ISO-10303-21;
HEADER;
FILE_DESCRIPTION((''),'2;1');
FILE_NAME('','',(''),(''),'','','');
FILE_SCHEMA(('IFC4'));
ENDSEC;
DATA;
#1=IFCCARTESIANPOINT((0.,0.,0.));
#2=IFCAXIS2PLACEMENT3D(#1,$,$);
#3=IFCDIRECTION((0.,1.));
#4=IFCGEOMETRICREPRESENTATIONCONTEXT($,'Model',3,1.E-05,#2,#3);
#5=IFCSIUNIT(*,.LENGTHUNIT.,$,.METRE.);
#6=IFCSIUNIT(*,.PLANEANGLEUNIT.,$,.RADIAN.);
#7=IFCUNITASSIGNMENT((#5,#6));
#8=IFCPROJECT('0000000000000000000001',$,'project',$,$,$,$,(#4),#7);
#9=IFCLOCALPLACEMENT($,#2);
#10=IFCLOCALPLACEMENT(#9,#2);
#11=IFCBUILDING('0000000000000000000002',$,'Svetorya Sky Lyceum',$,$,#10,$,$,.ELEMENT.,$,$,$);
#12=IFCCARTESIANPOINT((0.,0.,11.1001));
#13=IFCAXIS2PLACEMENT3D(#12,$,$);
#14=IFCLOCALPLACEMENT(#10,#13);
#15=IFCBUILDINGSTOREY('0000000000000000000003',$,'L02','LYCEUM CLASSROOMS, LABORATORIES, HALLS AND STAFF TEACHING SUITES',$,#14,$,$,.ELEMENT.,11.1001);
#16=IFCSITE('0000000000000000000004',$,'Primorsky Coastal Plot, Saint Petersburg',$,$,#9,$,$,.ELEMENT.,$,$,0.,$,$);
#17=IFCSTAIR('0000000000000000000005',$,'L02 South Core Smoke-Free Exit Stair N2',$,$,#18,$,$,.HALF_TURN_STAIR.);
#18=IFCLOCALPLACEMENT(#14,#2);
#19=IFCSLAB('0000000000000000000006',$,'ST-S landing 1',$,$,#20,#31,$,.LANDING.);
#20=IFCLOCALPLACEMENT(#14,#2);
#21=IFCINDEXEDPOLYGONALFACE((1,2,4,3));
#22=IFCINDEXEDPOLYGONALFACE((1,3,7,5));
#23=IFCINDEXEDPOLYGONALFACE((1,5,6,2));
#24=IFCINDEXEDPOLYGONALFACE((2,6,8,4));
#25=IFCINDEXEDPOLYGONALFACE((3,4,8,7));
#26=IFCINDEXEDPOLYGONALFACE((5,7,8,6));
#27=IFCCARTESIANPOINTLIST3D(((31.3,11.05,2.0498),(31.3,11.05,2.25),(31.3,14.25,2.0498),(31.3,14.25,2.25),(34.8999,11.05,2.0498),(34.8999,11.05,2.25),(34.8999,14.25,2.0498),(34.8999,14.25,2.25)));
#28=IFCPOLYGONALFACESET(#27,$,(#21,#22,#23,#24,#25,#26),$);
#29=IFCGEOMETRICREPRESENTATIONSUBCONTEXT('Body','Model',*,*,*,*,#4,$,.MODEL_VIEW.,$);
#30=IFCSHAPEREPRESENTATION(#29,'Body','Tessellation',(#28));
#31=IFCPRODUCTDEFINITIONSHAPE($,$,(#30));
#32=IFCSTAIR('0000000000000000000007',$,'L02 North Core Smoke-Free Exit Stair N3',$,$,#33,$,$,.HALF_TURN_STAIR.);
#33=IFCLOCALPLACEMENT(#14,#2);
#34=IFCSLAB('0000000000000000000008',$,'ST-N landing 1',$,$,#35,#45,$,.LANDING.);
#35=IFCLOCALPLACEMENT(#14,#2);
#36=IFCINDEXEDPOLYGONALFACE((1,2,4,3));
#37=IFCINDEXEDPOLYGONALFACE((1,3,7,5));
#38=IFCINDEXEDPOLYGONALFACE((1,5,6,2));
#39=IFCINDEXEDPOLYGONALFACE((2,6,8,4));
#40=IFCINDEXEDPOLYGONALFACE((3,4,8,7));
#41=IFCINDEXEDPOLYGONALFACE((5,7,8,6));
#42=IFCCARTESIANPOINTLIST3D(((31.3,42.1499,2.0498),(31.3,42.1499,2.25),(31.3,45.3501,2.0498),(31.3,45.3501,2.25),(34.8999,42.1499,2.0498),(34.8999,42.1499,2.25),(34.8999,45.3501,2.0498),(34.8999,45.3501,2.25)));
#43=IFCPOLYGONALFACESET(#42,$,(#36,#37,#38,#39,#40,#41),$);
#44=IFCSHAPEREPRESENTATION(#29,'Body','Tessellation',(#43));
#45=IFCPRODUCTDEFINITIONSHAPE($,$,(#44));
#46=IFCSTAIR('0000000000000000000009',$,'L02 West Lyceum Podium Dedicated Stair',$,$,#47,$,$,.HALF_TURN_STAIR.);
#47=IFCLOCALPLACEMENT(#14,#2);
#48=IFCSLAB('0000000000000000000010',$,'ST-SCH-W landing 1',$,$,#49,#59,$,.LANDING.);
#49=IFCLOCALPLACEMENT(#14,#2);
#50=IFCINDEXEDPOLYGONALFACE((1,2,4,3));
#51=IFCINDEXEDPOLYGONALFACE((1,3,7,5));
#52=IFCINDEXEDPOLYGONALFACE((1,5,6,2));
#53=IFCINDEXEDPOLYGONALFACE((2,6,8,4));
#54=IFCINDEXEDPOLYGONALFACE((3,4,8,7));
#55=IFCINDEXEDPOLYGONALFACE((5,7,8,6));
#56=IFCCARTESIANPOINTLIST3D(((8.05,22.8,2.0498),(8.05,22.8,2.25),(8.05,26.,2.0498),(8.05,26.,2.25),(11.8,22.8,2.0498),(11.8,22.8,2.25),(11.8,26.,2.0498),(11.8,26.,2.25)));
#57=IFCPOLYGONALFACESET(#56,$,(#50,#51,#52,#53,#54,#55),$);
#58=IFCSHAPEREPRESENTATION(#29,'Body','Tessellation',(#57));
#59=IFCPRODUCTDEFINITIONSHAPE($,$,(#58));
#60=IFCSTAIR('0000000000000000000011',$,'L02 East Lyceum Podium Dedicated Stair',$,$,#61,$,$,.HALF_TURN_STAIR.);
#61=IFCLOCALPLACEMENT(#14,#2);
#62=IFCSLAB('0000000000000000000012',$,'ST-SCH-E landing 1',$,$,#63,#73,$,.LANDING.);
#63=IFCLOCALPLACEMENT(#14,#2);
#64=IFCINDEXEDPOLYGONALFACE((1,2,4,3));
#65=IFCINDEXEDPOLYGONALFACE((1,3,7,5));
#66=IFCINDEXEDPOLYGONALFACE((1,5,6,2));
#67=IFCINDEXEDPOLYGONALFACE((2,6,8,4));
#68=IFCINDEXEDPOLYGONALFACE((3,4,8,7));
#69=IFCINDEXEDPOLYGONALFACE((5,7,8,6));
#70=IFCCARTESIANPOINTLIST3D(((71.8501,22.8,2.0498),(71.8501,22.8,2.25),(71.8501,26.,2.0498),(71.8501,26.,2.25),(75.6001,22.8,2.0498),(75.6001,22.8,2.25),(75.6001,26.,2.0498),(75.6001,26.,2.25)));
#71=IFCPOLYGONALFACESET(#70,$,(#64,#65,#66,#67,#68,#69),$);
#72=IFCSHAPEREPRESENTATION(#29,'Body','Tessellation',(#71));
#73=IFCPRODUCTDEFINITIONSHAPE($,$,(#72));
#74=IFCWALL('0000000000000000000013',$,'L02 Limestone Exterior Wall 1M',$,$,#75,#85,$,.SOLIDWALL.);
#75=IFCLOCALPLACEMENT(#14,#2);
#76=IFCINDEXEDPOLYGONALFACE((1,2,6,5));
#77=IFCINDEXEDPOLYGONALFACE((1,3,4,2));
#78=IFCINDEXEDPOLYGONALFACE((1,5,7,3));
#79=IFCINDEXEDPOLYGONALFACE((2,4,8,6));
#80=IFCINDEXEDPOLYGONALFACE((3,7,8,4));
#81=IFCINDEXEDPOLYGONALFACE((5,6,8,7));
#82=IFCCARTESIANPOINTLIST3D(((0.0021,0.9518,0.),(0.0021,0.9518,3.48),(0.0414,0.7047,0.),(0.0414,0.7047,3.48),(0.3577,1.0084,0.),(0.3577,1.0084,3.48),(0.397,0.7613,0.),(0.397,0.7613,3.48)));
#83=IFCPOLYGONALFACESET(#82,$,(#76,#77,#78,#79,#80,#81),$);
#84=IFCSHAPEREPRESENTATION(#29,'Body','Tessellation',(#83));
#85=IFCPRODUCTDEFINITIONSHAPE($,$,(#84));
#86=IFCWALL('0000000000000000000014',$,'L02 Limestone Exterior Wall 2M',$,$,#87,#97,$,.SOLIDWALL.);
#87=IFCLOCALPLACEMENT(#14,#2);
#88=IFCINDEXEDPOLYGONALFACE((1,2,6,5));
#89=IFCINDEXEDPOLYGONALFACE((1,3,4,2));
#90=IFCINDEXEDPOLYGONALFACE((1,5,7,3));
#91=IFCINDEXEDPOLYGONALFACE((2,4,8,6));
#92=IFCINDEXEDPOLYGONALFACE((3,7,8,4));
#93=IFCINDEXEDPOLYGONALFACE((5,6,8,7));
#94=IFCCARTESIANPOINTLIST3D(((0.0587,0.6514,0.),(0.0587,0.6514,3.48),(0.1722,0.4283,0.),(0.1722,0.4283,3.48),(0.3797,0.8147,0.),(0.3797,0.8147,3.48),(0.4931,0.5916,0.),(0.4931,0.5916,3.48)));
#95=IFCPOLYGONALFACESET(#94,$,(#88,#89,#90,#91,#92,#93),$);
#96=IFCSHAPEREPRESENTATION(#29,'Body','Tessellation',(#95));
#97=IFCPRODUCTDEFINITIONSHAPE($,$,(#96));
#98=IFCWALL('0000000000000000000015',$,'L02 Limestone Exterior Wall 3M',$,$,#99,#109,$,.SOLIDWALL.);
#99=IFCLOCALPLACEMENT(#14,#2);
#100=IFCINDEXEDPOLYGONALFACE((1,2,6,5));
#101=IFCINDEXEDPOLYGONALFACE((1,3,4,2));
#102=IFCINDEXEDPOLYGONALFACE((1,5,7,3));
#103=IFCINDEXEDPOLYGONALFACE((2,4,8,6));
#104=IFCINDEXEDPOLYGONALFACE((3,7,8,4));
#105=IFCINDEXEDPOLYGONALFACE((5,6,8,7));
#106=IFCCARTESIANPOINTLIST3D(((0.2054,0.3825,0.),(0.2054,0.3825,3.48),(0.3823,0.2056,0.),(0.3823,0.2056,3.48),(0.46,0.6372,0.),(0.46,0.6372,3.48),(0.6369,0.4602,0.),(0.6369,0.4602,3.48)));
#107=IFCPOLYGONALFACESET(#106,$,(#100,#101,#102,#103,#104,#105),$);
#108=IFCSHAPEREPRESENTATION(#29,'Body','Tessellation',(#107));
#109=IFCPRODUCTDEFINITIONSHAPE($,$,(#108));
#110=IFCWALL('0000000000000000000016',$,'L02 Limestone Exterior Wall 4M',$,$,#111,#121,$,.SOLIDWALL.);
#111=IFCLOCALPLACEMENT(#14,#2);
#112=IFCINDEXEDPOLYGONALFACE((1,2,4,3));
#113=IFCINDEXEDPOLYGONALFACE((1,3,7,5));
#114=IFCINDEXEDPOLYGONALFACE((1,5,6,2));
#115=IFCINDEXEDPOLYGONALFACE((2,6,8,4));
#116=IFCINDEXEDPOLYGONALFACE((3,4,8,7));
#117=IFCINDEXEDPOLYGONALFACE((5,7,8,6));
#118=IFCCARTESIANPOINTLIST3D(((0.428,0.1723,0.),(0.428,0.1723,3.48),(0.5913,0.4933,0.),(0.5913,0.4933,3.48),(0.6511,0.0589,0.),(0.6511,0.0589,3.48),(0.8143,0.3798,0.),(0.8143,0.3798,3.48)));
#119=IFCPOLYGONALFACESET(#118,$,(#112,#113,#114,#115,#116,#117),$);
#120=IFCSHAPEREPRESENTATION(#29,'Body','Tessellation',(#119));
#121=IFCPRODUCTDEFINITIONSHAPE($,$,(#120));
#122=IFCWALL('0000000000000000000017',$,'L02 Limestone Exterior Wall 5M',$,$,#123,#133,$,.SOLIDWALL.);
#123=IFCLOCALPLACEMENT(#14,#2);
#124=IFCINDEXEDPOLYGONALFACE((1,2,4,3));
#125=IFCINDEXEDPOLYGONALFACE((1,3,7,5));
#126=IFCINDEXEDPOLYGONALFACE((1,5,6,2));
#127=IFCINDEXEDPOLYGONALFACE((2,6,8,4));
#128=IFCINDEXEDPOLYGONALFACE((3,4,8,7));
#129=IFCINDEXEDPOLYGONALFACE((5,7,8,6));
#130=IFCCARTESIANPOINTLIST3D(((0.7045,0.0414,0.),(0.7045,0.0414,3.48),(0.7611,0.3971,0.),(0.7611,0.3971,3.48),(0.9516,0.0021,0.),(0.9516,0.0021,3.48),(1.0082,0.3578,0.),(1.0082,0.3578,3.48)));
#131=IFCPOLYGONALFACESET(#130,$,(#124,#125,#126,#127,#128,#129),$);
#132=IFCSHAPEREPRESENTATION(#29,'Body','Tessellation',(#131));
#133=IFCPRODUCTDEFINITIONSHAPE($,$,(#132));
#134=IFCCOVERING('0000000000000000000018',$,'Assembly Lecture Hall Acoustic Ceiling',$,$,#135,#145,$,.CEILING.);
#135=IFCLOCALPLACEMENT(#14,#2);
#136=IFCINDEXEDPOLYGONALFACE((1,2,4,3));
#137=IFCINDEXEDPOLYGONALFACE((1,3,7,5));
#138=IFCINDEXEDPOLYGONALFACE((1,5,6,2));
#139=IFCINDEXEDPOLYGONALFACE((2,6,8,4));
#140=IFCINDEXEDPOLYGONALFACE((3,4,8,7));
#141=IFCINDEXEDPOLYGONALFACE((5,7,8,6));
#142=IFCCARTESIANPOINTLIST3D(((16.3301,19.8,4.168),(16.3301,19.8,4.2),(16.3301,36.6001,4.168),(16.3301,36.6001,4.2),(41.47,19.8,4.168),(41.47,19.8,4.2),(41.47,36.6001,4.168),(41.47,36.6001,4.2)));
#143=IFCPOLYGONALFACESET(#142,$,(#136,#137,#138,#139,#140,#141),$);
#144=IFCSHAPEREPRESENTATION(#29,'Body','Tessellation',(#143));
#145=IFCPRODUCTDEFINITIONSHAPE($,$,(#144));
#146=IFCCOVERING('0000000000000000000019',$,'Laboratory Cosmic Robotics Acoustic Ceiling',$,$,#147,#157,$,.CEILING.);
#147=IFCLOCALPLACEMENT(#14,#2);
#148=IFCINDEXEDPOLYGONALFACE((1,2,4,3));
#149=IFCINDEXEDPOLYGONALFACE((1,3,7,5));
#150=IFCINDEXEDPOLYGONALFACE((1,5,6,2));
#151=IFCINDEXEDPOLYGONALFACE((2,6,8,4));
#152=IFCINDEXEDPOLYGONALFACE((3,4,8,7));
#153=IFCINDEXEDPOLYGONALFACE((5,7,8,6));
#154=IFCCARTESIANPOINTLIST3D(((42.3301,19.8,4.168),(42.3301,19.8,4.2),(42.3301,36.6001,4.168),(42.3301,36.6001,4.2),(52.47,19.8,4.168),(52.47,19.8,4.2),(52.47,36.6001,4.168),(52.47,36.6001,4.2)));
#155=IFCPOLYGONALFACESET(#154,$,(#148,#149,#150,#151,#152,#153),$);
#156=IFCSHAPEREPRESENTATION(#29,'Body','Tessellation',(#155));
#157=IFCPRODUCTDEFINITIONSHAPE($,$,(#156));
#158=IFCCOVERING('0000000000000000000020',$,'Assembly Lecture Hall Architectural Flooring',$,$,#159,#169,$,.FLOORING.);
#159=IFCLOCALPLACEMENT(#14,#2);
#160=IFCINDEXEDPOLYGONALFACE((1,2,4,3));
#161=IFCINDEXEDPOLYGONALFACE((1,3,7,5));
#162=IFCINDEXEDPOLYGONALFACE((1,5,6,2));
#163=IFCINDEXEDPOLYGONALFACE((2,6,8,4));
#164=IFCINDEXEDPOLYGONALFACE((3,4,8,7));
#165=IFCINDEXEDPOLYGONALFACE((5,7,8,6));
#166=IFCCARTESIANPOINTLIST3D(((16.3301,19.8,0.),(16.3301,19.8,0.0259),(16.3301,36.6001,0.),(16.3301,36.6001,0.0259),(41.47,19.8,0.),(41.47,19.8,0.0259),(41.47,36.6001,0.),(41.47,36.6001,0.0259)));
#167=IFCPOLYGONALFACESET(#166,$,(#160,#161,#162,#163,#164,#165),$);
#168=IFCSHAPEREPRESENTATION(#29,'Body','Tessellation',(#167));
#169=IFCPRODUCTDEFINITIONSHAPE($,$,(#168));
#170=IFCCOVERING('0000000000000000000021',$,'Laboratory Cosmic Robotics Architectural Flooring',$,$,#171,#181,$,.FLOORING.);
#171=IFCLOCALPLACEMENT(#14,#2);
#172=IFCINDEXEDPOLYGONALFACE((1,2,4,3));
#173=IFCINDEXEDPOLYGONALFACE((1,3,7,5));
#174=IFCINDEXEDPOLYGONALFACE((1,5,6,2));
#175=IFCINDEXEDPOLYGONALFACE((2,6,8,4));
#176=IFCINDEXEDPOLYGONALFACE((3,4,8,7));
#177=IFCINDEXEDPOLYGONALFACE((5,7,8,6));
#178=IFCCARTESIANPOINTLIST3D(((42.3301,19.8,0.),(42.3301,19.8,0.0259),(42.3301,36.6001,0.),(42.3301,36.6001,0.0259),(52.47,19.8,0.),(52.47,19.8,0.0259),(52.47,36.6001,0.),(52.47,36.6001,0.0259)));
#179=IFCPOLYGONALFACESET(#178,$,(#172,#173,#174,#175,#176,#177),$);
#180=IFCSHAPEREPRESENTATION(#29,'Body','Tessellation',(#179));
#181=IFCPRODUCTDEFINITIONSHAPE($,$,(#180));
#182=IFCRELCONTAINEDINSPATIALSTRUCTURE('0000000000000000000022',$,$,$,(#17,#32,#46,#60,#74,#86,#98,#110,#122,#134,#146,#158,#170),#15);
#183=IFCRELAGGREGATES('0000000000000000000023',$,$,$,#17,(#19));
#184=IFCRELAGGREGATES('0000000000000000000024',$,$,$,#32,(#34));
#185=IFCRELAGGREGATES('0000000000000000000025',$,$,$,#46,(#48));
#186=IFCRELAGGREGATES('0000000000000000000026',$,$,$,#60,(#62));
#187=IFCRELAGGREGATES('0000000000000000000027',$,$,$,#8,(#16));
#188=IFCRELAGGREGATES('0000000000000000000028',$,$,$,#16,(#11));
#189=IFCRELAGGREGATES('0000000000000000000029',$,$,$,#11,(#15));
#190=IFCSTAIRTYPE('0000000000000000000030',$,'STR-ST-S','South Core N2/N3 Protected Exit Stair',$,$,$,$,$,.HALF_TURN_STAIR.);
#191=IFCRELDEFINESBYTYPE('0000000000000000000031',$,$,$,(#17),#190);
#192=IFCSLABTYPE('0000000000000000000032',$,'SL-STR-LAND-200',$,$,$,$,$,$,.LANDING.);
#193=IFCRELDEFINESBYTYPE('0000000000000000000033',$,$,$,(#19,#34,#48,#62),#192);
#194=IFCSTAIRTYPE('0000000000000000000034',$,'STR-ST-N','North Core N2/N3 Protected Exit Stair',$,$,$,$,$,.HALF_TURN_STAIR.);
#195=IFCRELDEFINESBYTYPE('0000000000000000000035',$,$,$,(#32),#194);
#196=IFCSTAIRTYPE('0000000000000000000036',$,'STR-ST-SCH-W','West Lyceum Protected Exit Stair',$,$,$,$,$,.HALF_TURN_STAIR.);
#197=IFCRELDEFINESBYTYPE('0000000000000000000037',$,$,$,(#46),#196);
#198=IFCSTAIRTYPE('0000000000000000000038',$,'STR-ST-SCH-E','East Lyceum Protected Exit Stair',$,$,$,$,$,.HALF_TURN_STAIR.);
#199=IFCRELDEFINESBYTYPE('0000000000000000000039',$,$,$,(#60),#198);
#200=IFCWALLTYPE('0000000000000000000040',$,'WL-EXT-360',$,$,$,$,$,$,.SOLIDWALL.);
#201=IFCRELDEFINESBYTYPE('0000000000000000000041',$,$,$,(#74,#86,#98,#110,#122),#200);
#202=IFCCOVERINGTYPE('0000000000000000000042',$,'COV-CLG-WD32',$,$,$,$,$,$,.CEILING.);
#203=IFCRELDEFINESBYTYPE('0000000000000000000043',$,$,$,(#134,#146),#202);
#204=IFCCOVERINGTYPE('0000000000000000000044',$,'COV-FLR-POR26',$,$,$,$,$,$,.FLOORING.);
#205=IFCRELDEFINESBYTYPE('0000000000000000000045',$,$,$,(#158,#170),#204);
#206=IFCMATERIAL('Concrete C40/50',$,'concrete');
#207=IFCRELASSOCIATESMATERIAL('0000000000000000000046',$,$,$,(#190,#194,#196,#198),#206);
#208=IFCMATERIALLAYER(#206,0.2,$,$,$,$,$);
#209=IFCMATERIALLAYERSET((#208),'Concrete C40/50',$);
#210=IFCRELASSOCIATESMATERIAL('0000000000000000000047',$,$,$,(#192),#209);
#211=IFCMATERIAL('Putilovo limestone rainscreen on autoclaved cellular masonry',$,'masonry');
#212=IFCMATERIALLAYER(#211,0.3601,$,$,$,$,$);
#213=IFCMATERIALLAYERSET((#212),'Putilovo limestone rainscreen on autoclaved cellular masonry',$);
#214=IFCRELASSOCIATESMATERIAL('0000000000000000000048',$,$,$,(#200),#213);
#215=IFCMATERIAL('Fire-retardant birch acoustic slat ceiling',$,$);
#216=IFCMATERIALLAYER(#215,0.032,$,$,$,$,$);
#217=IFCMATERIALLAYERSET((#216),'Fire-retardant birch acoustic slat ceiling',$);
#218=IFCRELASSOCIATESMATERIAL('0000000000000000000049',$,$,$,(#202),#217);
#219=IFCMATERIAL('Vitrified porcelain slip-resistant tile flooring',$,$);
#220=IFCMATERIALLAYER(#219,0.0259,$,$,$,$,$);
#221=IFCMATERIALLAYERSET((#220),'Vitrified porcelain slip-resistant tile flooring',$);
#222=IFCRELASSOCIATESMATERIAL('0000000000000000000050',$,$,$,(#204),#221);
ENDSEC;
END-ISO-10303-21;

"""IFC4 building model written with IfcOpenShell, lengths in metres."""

from ifc_helpers import new_model, si_unit, direction, frame, frame_2d, origin, place, context, subcontext, project, spatial, polyline, rectangle, outline, extrude, material, layer, layer_set, type_object, element, aggregate, save


model = new_model("IFC4")

# Units and contexts
model_context = context("Model", 3, precision=1e-05, world=origin(), true_north=direction((0.0, 1.0)))
body_context = subcontext(model_context, "Body", "Model", "MODEL_VIEW")
ifc_project = project(units=[si_unit("LENGTHUNIT", "METRE"), si_unit("PLANEANGLEUNIT", "RADIAN")], contexts=[model_context])

# Site, building, storey
site_placement = place(None, origin())
site = spatial("IfcSite", under=ifc_project, at=site_placement, Name="Primorsky Coastal Plot, Saint Petersburg", CompositionType="ELEMENT", RefElevation=0.0)
building_placement = place(site_placement, origin())
building = spatial("IfcBuilding", under=site, at=building_placement, Name="Svetorya Sky Lyceum", CompositionType="ELEMENT")
storey_placement = place(building_placement, frame((0.0, 0.0, 11.1001)))
storey = spatial("IfcBuildingStorey", under=building, at=storey_placement, Name="L02", Description="LYCEUM CLASSROOMS, LABORATORIES, HALLS AND STAFF TEACHING SUITES", CompositionType="ELEMENT", Elevation=11.1001)

# Shared definitions
ifc_material_1 = material(Name="Concrete C40/50", Category="concrete")

# Stairs, slabs
stair_type_1 = type_object("IfcStairType", Name="STR-ST-S", Description="South Core N2/N3 Protected Exit Stair", PredefinedType="HALF_TURN_STAIR", material=ifc_material_1)
stair_1_placement = place(storey_placement, origin())
stair_1 = element("IfcStair", 1, at=stair_1_placement, inside=storey, type_object=stair_type_1, Name="L02 South Core Smoke-Free Exit Stair N2", PredefinedType="HALF_TURN_STAIR")
ifc_layer_1 = layer(ifc_material_1, 0.2)
ifc_layer_set_1 = layer_set([ifc_layer_1], Name="Concrete C40/50")
slab_type_1 = type_object("IfcSlabType", Name="SL-STR-LAND-200", PredefinedType="LANDING", material=ifc_layer_set_1)
slab_1_placement = place(storey_placement, frame((0.0, 0.0, 2.0498)))
slab_1 = element("IfcSlab", 2, at=slab_1_placement, type_object=slab_type_1, Name="ST-S landing 1", PredefinedType="LANDING", context=body_context, shape_type="SweptSolid", body=[
    extrude(outline(polyline([(31.3, 11.05), (34.8999, 11.05), (34.8999, 14.25), (31.3, 14.25), (31.3, 11.05)])), origin(), (0.0, 0.0, 1.0), 0.2002),
])
aggregate(stair_1, [slab_1])
stair_type_2 = type_object("IfcStairType", Name="STR-ST-N", Description="North Core N2/N3 Protected Exit Stair", PredefinedType="HALF_TURN_STAIR", material=ifc_material_1)
stair_2_placement = place(storey_placement, origin())
stair_2 = element("IfcStair", 3, at=stair_2_placement, inside=storey, type_object=stair_type_2, Name="L02 North Core Smoke-Free Exit Stair N3", PredefinedType="HALF_TURN_STAIR")
slab_2_placement = place(storey_placement, frame((0.0, 0.0, 2.0498)))
slab_2 = element("IfcSlab", 4, at=slab_2_placement, type_object=slab_type_1, Name="ST-N landing 1", PredefinedType="LANDING", context=body_context, shape_type="SweptSolid", body=[
    extrude(outline(polyline([(31.3, 42.1499), (34.8999, 42.1499), (34.8999, 45.3501), (31.3, 45.3501), (31.3, 42.1499)])), origin(), (0.0, 0.0, 1.0), 0.2002),
])
aggregate(stair_2, [slab_2])
stair_type_3 = type_object("IfcStairType", Name="STR-ST-SCH-W", Description="West Lyceum Protected Exit Stair", PredefinedType="HALF_TURN_STAIR", material=ifc_material_1)
stair_3_placement = place(storey_placement, origin())
stair_3 = element("IfcStair", 5, at=stair_3_placement, inside=storey, type_object=stair_type_3, Name="L02 West Lyceum Podium Dedicated Stair", PredefinedType="HALF_TURN_STAIR")
slab_3_placement = place(storey_placement, frame((0.0, 0.0, 2.0498)))
slab_3 = element("IfcSlab", 6, at=slab_3_placement, type_object=slab_type_1, Name="ST-SCH-W landing 1", PredefinedType="LANDING", context=body_context, shape_type="SweptSolid", body=[
    extrude(outline(polyline([(8.05, 22.8), (11.8, 22.8), (11.8, 26.0), (8.05, 26.0), (8.05, 22.8)])), origin(), (0.0, 0.0, 1.0), 0.2002),
])
aggregate(stair_3, [slab_3])
stair_type_4 = type_object("IfcStairType", Name="STR-ST-SCH-E", Description="East Lyceum Protected Exit Stair", PredefinedType="HALF_TURN_STAIR", material=ifc_material_1)
stair_4_placement = place(storey_placement, origin())
stair_4 = element("IfcStair", 7, at=stair_4_placement, inside=storey, type_object=stair_type_4, Name="L02 East Lyceum Podium Dedicated Stair", PredefinedType="HALF_TURN_STAIR")
slab_4_placement = place(storey_placement, frame((0.0, 0.0, 2.0498)))
slab_4 = element("IfcSlab", 8, at=slab_4_placement, type_object=slab_type_1, Name="ST-SCH-E landing 1", PredefinedType="LANDING", context=body_context, shape_type="SweptSolid", body=[
    extrude(outline(polyline([(71.8501, 22.8), (75.6001, 22.8), (75.6001, 26.0), (71.8501, 26.0), (71.8501, 22.8)])), origin(), (0.0, 0.0, 1.0), 0.2002),
])
aggregate(stair_4, [slab_4])

# Walls
ifc_material_2 = material(Name="Putilovo limestone rainscreen on autoclaved cellular masonry", Category="masonry")
ifc_layer_2 = layer(ifc_material_2, 0.3601)
ifc_layer_set_2 = layer_set([ifc_layer_2], Name="Putilovo limestone rainscreen on autoclaved cellular masonry")
wall_type = type_object("IfcWallType", Name="WL-EXT-360", PredefinedType="SOLIDWALL", material=ifc_layer_set_2)
for number, where, z_axis, x_axis, name in (
    (9, (0.1799, 0.98, 0.0), (0.0, 0.0, 1.0), (0.157115, -0.98758, 0.0), "L02 Limestone Exterior Wall 1M"),
    (10, (0.2192, 0.7329, 0.0), (0.0, 0.0, 1.0), (0.453444, -0.891285, 0.0), "L02 Limestone Exterior Wall 2M"),
    (11, (0.3328, 0.5098, 0.0), (0.0, 0.0, 1.0), (0.707107, -0.707107, 0.0), "L02 Limestone Exterior Wall 3M"),
    (12, (0.5098, 0.3328, 0.0), (0.0, 0.0, 1.0), (0.891285, -0.453444, 0.0), "L02 Limestone Exterior Wall 4M"),
    (13, (0.7329, 0.2192, 0.0), (0.0, 0.0, 1.0), (0.98758, -0.157115, 0.0), "L02 Limestone Exterior Wall 5M"),
):
    element("IfcWall", number, at=place(storey_placement, frame(where, z_axis=z_axis, x_axis=x_axis)), inside=storey, type_object=wall_type, Name=name, PredefinedType="SOLIDWALL", context=body_context, shape_type="SweptSolid", body=[
        extrude(rectangle(XDim=0.2502, YDim=0.3601, at=frame_2d((0.125, 0.0))), origin(), (0.0, 0.0, 1.0), 3.48),
    ])

# Coverings
ifc_material_3 = material(Name="Fire-retardant birch acoustic slat ceiling")
ifc_layer_3 = layer(ifc_material_3, 0.032)
ifc_layer_set_3 = layer_set([ifc_layer_3], Name="Fire-retardant birch acoustic slat ceiling")
covering_type_1 = type_object("IfcCoveringType", Name="COV-CLG-WD32", PredefinedType="CEILING", material=ifc_layer_set_3)
covering_1_placement = place(storey_placement, frame((0.0, 0.0, 4.168)))
element("IfcCovering", 14, at=covering_1_placement, inside=storey, type_object=covering_type_1, Name="Assembly Lecture Hall Acoustic Ceiling", PredefinedType="CEILING", context=body_context, shape_type="SweptSolid", body=[
    extrude(outline(polyline([(16.3301, 19.8), (41.47, 19.8), (41.47, 36.6001), (16.3301, 36.6001), (16.3301, 19.8)])), origin(), (0.0, 0.0, 1.0), 0.032),
])
covering_2_placement = place(storey_placement, frame((0.0, 0.0, 4.168)))
element("IfcCovering", 15, at=covering_2_placement, inside=storey, type_object=covering_type_1, Name="Laboratory Cosmic Robotics Acoustic Ceiling", PredefinedType="CEILING", context=body_context, shape_type="SweptSolid", body=[
    extrude(outline(polyline([(42.3301, 19.8), (52.47, 19.8), (52.47, 36.6001), (42.3301, 36.6001), (42.3301, 19.8)])), origin(), (0.0, 0.0, 1.0), 0.032),
])
ifc_material_4 = material(Name="Vitrified porcelain slip-resistant tile flooring")
ifc_layer_4 = layer(ifc_material_4, 0.0259)
ifc_layer_set_4 = layer_set([ifc_layer_4], Name="Vitrified porcelain slip-resistant tile flooring")
covering_type_2 = type_object("IfcCoveringType", Name="COV-FLR-POR26", PredefinedType="FLOORING", material=ifc_layer_set_4)
covering_3_placement = place(storey_placement, origin())
element("IfcCovering", 16, at=covering_3_placement, inside=storey, type_object=covering_type_2, Name="Assembly Lecture Hall Architectural Flooring", PredefinedType="FLOORING", context=body_context, shape_type="SweptSolid", body=[
    extrude(outline(polyline([(16.3301, 19.8), (41.47, 19.8), (41.47, 36.6001), (16.3301, 36.6001), (16.3301, 19.8)])), origin(), (0.0, 0.0, 1.0), 0.0259),
])
covering_4_placement = place(storey_placement, origin())
element("IfcCovering", 17, at=covering_4_placement, inside=storey, type_object=covering_type_2, Name="Laboratory Cosmic Robotics Architectural Flooring", PredefinedType="FLOORING", context=body_context, shape_type="SweptSolid", body=[
    extrude(outline(polyline([(42.3301, 19.8), (52.47, 19.8), (52.47, 36.6001), (42.3301, 36.6001), (42.3301, 19.8)])), origin(), (0.0, 0.0, 1.0), 0.0259),
])

save(model, "model.ifc")
